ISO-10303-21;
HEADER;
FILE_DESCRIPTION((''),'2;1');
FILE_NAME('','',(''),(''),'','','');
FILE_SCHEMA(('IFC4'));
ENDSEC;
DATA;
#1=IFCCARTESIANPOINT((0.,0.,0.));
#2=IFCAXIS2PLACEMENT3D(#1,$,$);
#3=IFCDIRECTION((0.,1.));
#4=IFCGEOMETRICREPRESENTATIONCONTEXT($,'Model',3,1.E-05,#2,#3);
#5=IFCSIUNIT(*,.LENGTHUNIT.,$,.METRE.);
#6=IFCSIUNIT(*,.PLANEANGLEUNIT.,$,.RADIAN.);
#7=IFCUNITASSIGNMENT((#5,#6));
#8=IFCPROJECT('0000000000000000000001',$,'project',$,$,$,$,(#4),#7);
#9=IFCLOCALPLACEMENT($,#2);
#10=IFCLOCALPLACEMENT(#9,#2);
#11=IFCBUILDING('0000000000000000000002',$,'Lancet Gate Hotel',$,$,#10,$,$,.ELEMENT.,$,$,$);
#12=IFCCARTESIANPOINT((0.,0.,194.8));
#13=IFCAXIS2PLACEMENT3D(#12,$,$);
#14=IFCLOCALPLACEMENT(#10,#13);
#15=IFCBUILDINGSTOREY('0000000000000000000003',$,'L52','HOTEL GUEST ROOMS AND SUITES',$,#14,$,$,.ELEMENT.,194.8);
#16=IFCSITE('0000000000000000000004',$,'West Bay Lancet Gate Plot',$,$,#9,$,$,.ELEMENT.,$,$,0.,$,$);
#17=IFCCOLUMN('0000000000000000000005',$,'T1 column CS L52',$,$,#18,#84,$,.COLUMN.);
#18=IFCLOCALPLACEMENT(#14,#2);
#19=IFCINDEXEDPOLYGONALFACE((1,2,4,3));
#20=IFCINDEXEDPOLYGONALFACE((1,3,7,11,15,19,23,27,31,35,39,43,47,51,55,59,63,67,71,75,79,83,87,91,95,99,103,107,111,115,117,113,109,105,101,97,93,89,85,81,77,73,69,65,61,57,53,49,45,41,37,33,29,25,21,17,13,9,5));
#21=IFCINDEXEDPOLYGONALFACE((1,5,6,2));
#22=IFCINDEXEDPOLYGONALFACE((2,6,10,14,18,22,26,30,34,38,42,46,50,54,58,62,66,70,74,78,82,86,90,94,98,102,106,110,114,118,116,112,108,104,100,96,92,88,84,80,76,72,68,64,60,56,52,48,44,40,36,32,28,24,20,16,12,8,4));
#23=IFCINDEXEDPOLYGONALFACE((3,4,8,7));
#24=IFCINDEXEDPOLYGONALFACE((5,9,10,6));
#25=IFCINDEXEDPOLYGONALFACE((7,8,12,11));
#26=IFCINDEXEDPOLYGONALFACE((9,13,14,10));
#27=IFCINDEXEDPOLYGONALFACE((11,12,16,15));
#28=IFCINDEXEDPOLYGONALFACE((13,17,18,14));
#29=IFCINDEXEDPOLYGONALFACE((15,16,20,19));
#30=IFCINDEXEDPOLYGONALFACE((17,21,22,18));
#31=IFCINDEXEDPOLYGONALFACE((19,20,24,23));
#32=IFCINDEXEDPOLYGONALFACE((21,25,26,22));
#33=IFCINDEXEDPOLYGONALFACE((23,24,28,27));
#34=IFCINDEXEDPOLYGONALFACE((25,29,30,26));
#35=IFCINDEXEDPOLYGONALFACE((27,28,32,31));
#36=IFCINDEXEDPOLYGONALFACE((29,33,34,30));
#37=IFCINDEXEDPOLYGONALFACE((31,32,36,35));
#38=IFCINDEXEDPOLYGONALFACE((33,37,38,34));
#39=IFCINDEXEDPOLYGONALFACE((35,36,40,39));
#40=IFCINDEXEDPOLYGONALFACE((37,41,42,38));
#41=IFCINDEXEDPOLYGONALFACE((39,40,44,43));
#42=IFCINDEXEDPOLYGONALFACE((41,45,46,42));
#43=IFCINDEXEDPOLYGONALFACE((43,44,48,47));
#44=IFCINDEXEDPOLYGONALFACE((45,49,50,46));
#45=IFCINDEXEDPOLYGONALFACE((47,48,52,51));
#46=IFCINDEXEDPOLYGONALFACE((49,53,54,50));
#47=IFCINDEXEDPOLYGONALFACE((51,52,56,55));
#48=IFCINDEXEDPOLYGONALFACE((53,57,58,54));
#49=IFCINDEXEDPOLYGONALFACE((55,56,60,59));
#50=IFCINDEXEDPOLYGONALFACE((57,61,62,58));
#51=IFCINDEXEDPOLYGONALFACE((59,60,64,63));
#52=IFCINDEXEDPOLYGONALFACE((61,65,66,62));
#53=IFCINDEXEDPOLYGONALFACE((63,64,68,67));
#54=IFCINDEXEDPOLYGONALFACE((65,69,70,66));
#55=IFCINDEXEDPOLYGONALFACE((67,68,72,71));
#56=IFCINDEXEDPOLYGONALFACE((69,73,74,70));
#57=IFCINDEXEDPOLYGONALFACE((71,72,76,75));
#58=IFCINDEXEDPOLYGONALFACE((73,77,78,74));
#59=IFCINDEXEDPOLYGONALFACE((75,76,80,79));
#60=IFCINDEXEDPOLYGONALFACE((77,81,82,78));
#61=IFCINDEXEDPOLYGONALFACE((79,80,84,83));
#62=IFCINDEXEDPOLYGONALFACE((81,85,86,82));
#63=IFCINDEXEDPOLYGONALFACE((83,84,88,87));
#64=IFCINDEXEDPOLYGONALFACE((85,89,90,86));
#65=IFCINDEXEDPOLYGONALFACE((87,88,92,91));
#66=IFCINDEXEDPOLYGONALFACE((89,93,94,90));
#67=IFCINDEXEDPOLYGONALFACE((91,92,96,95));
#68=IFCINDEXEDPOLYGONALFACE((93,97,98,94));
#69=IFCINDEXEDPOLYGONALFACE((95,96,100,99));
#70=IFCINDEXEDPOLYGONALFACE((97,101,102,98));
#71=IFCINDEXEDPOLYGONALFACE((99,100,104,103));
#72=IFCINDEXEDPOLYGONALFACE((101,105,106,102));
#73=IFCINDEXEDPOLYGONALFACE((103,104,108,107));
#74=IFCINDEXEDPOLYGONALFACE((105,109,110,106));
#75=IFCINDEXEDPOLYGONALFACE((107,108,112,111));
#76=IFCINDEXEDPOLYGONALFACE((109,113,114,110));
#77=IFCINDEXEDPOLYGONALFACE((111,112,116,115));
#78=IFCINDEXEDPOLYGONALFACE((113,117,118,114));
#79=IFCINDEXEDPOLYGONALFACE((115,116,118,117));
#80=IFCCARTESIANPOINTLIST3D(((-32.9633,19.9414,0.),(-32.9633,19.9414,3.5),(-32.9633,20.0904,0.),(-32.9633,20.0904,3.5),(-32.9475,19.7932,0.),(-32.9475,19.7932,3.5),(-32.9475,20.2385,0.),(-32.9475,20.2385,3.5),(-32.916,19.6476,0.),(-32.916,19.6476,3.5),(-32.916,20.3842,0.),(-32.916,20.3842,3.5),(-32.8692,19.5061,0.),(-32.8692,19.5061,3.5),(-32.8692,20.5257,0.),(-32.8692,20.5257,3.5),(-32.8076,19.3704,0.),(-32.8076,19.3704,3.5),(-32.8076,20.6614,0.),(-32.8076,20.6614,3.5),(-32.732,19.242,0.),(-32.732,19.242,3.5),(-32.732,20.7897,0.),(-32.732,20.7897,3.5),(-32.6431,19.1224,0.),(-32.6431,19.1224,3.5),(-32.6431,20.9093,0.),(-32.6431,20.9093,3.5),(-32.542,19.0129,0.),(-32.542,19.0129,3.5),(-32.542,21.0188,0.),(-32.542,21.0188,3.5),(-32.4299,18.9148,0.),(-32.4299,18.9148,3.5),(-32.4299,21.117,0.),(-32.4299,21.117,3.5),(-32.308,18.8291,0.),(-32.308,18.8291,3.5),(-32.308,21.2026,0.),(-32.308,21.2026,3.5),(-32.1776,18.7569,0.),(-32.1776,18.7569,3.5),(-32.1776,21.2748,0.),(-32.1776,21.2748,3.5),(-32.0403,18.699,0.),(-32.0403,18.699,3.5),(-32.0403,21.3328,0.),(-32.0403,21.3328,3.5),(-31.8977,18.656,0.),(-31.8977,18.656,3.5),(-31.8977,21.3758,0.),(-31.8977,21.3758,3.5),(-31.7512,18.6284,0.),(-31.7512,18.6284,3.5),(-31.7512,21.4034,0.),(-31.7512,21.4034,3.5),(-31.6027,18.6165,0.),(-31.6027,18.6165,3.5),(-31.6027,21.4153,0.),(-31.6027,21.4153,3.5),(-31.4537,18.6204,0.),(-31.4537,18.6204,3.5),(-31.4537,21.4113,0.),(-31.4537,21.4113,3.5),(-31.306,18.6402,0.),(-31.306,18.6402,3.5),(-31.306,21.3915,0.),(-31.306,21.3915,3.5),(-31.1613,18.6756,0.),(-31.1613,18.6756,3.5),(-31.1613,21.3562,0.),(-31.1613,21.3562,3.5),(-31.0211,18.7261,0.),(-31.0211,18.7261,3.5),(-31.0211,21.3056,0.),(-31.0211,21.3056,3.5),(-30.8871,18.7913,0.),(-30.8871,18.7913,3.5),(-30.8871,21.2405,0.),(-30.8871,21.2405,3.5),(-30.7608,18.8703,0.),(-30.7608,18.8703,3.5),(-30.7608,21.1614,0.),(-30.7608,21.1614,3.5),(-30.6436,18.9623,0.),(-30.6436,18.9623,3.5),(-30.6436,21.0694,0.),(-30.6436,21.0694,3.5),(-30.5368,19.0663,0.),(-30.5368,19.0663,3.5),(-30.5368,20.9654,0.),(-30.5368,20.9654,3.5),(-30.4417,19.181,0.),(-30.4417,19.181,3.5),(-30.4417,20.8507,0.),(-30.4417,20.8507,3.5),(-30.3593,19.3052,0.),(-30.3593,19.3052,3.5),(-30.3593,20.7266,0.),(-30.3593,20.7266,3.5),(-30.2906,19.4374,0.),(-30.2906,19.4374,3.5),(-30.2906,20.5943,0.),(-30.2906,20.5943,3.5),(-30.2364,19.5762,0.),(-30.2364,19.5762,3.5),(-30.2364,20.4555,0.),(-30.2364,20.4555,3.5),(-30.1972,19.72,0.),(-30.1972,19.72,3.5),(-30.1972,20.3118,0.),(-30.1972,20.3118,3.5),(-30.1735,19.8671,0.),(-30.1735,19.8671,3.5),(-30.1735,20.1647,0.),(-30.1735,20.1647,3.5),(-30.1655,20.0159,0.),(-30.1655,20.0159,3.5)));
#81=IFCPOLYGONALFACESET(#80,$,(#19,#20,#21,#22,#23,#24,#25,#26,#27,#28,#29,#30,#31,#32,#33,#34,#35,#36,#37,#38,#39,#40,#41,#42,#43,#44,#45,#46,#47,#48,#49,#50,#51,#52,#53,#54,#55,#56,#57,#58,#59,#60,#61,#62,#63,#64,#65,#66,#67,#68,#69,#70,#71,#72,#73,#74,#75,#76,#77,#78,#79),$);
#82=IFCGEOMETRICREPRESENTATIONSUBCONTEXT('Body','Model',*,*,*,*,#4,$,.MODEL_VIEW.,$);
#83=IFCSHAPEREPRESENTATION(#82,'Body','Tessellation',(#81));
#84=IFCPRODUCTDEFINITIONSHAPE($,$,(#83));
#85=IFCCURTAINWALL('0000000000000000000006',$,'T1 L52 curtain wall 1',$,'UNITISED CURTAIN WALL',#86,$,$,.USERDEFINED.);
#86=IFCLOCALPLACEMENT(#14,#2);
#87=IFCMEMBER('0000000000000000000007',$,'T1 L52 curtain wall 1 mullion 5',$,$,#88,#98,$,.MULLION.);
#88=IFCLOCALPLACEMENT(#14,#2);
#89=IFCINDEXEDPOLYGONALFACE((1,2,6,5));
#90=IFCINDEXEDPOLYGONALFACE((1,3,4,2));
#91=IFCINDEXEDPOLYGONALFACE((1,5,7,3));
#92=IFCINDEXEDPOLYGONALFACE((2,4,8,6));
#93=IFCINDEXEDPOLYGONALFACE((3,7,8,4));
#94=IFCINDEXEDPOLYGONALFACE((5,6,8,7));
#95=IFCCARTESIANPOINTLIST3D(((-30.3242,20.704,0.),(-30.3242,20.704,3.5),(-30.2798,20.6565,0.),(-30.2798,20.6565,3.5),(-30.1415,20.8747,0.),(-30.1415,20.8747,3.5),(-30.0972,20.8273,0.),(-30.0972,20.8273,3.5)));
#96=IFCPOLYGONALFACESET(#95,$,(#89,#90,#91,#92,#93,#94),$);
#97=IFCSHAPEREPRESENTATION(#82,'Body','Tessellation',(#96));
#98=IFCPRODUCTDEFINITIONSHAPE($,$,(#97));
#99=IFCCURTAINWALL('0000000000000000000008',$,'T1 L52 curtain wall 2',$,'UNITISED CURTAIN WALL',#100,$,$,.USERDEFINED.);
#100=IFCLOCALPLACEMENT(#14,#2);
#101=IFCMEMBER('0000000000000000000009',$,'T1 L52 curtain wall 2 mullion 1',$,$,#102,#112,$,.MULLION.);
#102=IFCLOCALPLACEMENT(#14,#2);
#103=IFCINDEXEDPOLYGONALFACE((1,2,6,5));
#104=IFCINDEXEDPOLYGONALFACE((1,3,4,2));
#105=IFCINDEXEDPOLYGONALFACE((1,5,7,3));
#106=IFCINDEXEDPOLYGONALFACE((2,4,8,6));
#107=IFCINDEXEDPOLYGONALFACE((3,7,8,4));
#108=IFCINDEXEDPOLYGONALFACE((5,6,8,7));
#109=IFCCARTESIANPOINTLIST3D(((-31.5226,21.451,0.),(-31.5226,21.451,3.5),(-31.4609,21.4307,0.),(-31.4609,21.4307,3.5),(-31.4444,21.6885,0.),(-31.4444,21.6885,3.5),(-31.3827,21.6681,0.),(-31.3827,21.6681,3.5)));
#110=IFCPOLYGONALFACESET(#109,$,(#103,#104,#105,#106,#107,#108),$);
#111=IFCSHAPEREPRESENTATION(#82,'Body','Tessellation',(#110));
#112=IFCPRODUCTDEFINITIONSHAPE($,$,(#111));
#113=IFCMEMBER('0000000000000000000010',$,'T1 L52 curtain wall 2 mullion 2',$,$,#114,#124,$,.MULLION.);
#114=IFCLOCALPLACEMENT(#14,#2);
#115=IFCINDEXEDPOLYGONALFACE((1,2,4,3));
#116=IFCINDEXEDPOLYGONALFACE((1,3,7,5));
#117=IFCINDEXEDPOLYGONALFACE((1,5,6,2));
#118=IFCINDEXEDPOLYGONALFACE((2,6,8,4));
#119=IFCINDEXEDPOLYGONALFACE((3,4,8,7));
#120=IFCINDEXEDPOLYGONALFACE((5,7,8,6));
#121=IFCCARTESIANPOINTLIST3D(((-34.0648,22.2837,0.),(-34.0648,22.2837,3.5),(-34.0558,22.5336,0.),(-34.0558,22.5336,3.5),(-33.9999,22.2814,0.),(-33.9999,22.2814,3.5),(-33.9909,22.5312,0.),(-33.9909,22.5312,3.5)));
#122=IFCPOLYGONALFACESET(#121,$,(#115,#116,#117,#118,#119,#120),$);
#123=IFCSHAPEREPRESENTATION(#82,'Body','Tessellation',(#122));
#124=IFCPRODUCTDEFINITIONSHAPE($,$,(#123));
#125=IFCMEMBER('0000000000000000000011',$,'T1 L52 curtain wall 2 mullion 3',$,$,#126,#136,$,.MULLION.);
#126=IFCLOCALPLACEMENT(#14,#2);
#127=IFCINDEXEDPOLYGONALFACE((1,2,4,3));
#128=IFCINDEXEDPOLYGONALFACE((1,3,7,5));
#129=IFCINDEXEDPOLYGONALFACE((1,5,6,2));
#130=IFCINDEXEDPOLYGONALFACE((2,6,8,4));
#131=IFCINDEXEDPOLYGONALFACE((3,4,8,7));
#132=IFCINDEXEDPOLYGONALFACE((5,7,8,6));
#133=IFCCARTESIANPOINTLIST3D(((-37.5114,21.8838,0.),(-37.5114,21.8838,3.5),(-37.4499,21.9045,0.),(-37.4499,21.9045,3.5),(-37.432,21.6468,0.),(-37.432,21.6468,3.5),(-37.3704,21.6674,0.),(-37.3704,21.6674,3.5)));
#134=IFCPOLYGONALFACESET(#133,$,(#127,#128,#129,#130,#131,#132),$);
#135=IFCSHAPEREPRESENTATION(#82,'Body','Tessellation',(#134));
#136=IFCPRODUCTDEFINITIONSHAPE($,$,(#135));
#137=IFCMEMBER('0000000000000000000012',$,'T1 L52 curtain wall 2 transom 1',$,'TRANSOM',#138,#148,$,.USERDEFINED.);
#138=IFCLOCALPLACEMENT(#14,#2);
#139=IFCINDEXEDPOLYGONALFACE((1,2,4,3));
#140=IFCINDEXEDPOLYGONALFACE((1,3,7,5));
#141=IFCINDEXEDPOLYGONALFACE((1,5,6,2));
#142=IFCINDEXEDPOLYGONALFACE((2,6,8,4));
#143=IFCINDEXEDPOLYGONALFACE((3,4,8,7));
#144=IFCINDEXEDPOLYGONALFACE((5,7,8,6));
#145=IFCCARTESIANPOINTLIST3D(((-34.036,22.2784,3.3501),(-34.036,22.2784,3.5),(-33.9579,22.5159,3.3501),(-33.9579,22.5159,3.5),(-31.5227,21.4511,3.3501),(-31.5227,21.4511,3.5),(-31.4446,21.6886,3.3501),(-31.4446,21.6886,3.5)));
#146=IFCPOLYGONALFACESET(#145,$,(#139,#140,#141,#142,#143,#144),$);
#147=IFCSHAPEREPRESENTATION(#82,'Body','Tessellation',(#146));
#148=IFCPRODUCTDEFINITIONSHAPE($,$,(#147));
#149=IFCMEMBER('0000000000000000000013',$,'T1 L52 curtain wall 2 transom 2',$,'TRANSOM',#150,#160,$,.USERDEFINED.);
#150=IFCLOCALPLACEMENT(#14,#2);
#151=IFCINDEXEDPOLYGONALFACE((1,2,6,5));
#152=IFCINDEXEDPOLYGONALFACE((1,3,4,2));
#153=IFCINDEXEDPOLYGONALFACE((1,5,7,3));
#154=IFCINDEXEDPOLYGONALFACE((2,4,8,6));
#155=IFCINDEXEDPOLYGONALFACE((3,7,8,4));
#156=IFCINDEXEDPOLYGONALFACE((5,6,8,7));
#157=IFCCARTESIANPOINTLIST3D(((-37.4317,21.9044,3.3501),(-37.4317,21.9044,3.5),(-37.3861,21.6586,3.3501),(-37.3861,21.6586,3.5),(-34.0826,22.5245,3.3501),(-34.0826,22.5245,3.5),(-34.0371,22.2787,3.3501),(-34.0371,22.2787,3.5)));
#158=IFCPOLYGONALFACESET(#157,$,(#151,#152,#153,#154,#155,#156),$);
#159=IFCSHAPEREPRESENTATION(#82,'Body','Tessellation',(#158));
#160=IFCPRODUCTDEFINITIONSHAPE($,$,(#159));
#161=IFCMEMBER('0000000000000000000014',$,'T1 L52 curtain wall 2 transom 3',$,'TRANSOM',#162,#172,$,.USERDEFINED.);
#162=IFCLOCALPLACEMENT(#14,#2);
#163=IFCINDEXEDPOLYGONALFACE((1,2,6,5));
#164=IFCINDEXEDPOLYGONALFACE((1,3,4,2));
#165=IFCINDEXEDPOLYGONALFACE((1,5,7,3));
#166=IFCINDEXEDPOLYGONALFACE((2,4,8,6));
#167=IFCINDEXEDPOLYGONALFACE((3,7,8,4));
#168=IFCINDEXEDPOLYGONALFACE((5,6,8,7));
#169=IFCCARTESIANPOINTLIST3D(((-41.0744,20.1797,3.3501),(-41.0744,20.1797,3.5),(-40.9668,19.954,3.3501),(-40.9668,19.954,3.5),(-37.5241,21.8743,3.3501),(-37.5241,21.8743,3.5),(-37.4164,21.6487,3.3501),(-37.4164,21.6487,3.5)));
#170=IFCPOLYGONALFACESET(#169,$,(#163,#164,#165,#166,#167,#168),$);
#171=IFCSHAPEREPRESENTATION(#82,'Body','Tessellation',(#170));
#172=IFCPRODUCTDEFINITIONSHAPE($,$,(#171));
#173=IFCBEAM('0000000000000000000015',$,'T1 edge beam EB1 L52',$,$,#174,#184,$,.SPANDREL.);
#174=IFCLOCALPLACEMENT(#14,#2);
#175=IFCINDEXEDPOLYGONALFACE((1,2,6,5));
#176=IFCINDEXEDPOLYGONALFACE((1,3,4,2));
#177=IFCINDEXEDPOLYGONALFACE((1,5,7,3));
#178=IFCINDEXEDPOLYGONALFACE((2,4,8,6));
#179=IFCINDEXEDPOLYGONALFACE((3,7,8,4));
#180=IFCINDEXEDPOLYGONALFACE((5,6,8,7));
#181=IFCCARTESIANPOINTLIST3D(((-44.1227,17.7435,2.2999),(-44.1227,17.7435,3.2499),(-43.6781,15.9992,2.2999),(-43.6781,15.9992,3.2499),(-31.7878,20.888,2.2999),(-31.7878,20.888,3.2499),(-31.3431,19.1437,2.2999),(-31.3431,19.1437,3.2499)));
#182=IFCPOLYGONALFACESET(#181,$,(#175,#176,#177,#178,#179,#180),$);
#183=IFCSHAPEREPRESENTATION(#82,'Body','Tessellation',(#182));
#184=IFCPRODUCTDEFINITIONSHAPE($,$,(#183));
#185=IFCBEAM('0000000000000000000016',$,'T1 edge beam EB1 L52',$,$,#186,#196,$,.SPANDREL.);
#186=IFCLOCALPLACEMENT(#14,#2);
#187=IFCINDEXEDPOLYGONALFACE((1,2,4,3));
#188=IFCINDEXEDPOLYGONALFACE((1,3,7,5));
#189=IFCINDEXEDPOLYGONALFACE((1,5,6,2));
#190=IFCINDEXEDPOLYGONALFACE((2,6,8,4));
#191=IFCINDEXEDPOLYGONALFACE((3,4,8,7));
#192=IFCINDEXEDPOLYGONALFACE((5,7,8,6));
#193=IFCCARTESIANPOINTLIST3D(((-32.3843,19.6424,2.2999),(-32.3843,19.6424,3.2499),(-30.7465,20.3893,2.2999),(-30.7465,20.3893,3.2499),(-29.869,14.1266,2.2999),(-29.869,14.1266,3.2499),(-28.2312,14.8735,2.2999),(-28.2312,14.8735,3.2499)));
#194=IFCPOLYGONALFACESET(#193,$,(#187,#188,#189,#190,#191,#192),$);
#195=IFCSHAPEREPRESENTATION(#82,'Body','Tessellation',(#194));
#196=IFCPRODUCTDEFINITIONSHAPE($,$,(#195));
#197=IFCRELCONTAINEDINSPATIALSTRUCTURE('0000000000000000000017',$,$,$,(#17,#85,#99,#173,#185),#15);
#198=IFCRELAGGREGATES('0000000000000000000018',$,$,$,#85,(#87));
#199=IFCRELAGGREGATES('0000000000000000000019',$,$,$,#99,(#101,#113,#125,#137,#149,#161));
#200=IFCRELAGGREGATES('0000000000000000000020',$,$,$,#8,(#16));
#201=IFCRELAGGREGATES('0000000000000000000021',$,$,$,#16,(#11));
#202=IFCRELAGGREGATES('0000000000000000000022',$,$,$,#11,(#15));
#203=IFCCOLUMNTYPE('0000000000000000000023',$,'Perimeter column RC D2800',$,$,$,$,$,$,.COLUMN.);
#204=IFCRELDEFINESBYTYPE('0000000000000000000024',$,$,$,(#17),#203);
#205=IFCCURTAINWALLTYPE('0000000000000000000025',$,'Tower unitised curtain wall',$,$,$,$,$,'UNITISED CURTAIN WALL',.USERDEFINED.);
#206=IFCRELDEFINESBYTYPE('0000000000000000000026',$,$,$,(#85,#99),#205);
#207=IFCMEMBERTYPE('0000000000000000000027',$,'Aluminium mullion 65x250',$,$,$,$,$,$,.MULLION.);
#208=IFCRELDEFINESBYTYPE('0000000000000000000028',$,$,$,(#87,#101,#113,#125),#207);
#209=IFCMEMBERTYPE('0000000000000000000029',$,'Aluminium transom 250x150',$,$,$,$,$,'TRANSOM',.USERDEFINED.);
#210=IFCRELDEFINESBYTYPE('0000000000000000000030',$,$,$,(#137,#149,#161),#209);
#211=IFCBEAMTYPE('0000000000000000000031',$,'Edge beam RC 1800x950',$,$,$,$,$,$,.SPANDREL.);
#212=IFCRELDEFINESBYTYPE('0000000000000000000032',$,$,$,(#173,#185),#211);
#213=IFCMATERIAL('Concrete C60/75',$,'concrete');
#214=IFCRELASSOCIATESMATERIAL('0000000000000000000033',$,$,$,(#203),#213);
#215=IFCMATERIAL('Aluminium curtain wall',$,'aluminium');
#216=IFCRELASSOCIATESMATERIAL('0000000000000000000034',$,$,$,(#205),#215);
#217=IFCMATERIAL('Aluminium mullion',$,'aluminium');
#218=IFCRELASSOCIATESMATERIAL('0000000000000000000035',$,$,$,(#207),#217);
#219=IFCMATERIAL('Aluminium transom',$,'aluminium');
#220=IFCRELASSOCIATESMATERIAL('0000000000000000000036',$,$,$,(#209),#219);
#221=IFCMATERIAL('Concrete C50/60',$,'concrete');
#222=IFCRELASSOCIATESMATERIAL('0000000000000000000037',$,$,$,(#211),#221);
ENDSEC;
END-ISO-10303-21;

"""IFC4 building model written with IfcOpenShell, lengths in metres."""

from ifc_helpers import new_model, si_unit, direction, frame, origin, origin_2d, place, context, subcontext, project, spatial, rectangle, circle, extrude, material, material_profile, profile_set, type_object, element, aggregate, save


model = new_model("IFC4")

# Units and contexts
model_context = context("Model", 3, precision=1e-05, world=origin(), true_north=direction((0.0, 1.0)))
body_context = subcontext(model_context, "Body", "Model", "MODEL_VIEW")
ifc_project = project(units=[si_unit("LENGTHUNIT", "METRE"), si_unit("PLANEANGLEUNIT", "RADIAN")], contexts=[model_context])

# Site, building, storey
site_placement = place(None, origin())
site = spatial("IfcSite", under=ifc_project, at=site_placement, Name="West Bay Lancet Gate Plot", CompositionType="ELEMENT", RefElevation=0.0)
building_placement = place(site_placement, origin())
building = spatial("IfcBuilding", under=site, at=building_placement, Name="Lancet Gate Hotel", CompositionType="ELEMENT")
storey_placement = place(building_placement, frame((0.0, 0.0, 194.8)))
storey = spatial("IfcBuildingStorey", under=building, at=storey_placement, Name="L52", Description="HOTEL GUEST ROOMS AND SUITES", CompositionType="ELEMENT", Elevation=194.8)

# Column
ifc_material_1 = material(Name="Concrete C60/75", Category="concrete")
ifc_material_profile_1 = material_profile(ifc_material_1, circle(Radius=1.3999, at=origin_2d()), Name="RC D2800")
ifc_profile_set_1 = profile_set([ifc_material_profile_1], Name="Concrete C60/75")
column_type = type_object("IfcColumnType", Name="Perimeter column RC D2800", PredefinedType="COLUMN", material=ifc_profile_set_1)
column_placement = place(storey_placement, frame((-31.5654, 20.0159, 0.0), z_axis=(0.0, 0.0, 1.0), x_axis=(1.0, 0.0, 0.0)))
element("IfcColumn", 1, at=column_placement, inside=storey, type_object=column_type, Name="T1 column CS L52", PredefinedType="COLUMN", context=body_context, shape_type="SweptSolid", body=[
    extrude(circle(Radius=1.3999, at=origin_2d()), origin(), (0.0, 0.0, 1.0), 3.5),
])

# Curtain wall, member
ifc_material_2 = material(Name="Aluminium curtain wall", Category="aluminium")
curtain_wall_type = type_object("IfcCurtainWallType", Name="Tower unitised curtain wall", ElementType="UNITISED CURTAIN WALL", PredefinedType="USERDEFINED", material=ifc_material_2)
curtain_wall_1_placement = place(storey_placement, origin())
curtain_wall_1 = element("IfcCurtainWall", 2, at=curtain_wall_1_placement, inside=storey, type_object=curtain_wall_type, Name="T1 L52 curtain wall 1", ObjectType="UNITISED CURTAIN WALL", PredefinedType="USERDEFINED")
ifc_material_3 = material(Name="Aluminium mullion", Category="aluminium")
ifc_material_profile_2 = material_profile(ifc_material_3, rectangle(XDim=0.0649, YDim=0.25, at=origin_2d()), Name="MULLION 65x250")
ifc_profile_set_2 = profile_set([ifc_material_profile_2], Name="Aluminium mullion")
member_type_1 = type_object("IfcMemberType", Name="Aluminium mullion 65x250", PredefinedType="MULLION", material=ifc_profile_set_2)
member_1_placement = place(storey_placement, frame((-30.2107, 20.7656, 0.0), z_axis=(0.0, 0.0, 1.0), x_axis=(-0.682845, 0.730563, 0.0)))
member_1 = element("IfcMember", 3, at=member_1_placement, type_object=member_type_1, Name="T1 L52 curtain wall 1 mullion 5", PredefinedType="MULLION", context=body_context, shape_type="SweptSolid", body=[
    extrude(rectangle(XDim=0.0649, YDim=0.25, at=origin_2d()), origin(), (0.0, 0.0, 1.0), 3.5),
])
aggregate(curtain_wall_1, [member_1])

# Curtain wall, members
curtain_wall_2_placement = place(storey_placement, origin())
curtain_wall_2 = element("IfcCurtainWall", 4, at=curtain_wall_2_placement, inside=storey, type_object=curtain_wall_type, Name="T1 L52 curtain wall 2", ObjectType="UNITISED CURTAIN WALL", PredefinedType="USERDEFINED")
member_2_placement = place(storey_placement, frame((-31.4526, 21.5596, 0.0), z_axis=(0.0, 0.0, 1.0), x_axis=(-0.949848, 0.312712, 0.0)))
member_2 = element("IfcMember", 5, at=member_2_placement, type_object=member_type_1, Name="T1 L52 curtain wall 2 mullion 1", PredefinedType="MULLION", context=body_context, shape_type="SweptSolid", body=[
    extrude(rectangle(XDim=0.0649, YDim=0.25, at=origin_2d()), origin(), (0.0, 0.0, 1.0), 3.5),
])
member_3_placement = place(storey_placement, frame((-34.0278, 22.4075, 0.0), z_axis=(0.0, 0.0, 1.0), x_axis=(-0.99935, 0.036037, 0.0)))
member_3 = element("IfcMember", 6, at=member_3_placement, type_object=member_type_1, Name="T1 L52 curtain wall 2 mullion 2", PredefinedType="MULLION", context=body_context, shape_type="SweptSolid", body=[
    extrude(rectangle(XDim=0.0649, YDim=0.25, at=origin_2d()), origin(), (0.0, 0.0, 1.0), 3.5),
])
member_4_placement = place(storey_placement, frame((-37.4409, 21.7756, 0.0), z_axis=(0.0, 0.0, 1.0), x_axis=(-0.948119, -0.317915, 0.0)))
member_4 = element("IfcMember", 7, at=member_4_placement, type_object=member_type_1, Name="T1 L52 curtain wall 2 mullion 3", PredefinedType="MULLION", context=body_context, shape_type="SweptSolid", body=[
    extrude(rectangle(XDim=0.0649, YDim=0.25, at=origin_2d()), origin(), (0.0, 0.0, 1.0), 3.5),
])
ifc_material_4 = material(Name="Aluminium transom", Category="aluminium")
ifc_material_profile_3 = material_profile(ifc_material_4, rectangle(XDim=0.25, YDim=0.1499, at=origin_2d()), Name="TRANSOM 250x150")
ifc_profile_set_3 = profile_set([ifc_material_profile_3], Name="Aluminium transom")
member_type_2 = type_object("IfcMemberType", Name="Aluminium transom 250x150", ElementType="TRANSOM", PredefinedType="USERDEFINED", material=ifc_profile_set_3)
member_5_placement = place(storey_placement, frame((-31.4836, 21.5698, 3.425), z_axis=(-0.949858, 0.312683, 0.0), x_axis=(-0.312683, -0.949858, 0.0)))
member_5 = element("IfcMember", 8, at=member_5_placement, type_object=member_type_2, Name="T1 L52 curtain wall 2 transom 1", ObjectType="TRANSOM", PredefinedType="USERDEFINED", context=body_context, shape_type="SweptSolid", body=[
    extrude(rectangle(XDim=0.25, YDim=0.1499, at=origin_2d()), origin(), (0.0, 0.0, 1.0), 2.646),
])
member_6_placement = place(storey_placement, frame((-34.0598, 22.4016, 3.425), z_axis=(-0.983287, -0.182064, 0.0), x_axis=(0.182064, -0.983287, 0.0)))
member_6 = element("IfcMember", 9, at=member_6_placement, type_object=member_type_2, Name="T1 L52 curtain wall 2 transom 2", ObjectType="TRANSOM", PredefinedType="USERDEFINED", context=body_context, shape_type="SweptSolid", body=[
    extrude(rectangle(XDim=0.25, YDim=0.1499, at=origin_2d()), origin(), (0.0, 0.0, 1.0), 3.406),
])
member_7_placement = place(storey_placement, frame((-37.4702, 21.7615, 3.425), z_axis=(-0.902469, -0.430755, 0.0), x_axis=(0.430755, -0.902469, 0.0)))
member_7 = element("IfcMember", 10, at=member_7_placement, type_object=member_type_2, Name="T1 L52 curtain wall 2 transom 3", ObjectType="TRANSOM", PredefinedType="USERDEFINED", context=body_context, shape_type="SweptSolid", body=[
    extrude(rectangle(XDim=0.25, YDim=0.1499, at=origin_2d()), origin(), (0.0, 0.0, 1.0), 3.9341),
])

# Beams
ifc_material_5 = material(Name="Concrete C50/60", Category="concrete")
ifc_material_profile_4 = material_profile(ifc_material_5, rectangle(XDim=1.8, YDim=0.95, at=origin_2d()), Name="RC 1800x950")
ifc_profile_set_4 = profile_set([ifc_material_profile_4], Name="Concrete C50/60")
beam_type_1 = type_object("IfcBeamType", Name="Edge beam RC 1800x950", PredefinedType="SPANDREL", material=ifc_profile_set_4)
beam_1_placement = place(storey_placement, frame((-31.5654, 20.0159, 2.7749), z_axis=(-0.969008, -0.247028, 0.0), x_axis=(0.247028, -0.969008, 0.0)))
element("IfcBeam", 11, at=beam_1_placement, inside=storey, type_object=beam_type_1, Name="T1 edge beam EB1 L52", PredefinedType="SPANDREL", context=body_context, shape_type="SweptSolid", body=[
    extrude(rectangle(XDim=1.8, YDim=0.95, at=origin_2d()), origin(), (0.0, 0.0, 1.0), 12.7295),
])
beam_2_placement = place(storey_placement, frame((-31.5654, 20.0159, 2.7749), z_axis=(0.414919, -0.909858, 0.0), x_axis=(0.909858, 0.414919, 0.0)))
element("IfcBeam", 12, at=beam_2_placement, inside=storey, type_object=beam_type_1, Name="T1 edge beam EB1 L52", PredefinedType="SPANDREL", context=body_context, shape_type="SweptSolid", body=[
    extrude(rectangle(XDim=1.8, YDim=0.95, at=origin_2d()), origin(), (0.0, 0.0, 1.0), 6.0623),
])

aggregate(curtain_wall_2, [member_2, member_3, member_4, member_5, member_6, member_7])

save(model, "model.ifc")
